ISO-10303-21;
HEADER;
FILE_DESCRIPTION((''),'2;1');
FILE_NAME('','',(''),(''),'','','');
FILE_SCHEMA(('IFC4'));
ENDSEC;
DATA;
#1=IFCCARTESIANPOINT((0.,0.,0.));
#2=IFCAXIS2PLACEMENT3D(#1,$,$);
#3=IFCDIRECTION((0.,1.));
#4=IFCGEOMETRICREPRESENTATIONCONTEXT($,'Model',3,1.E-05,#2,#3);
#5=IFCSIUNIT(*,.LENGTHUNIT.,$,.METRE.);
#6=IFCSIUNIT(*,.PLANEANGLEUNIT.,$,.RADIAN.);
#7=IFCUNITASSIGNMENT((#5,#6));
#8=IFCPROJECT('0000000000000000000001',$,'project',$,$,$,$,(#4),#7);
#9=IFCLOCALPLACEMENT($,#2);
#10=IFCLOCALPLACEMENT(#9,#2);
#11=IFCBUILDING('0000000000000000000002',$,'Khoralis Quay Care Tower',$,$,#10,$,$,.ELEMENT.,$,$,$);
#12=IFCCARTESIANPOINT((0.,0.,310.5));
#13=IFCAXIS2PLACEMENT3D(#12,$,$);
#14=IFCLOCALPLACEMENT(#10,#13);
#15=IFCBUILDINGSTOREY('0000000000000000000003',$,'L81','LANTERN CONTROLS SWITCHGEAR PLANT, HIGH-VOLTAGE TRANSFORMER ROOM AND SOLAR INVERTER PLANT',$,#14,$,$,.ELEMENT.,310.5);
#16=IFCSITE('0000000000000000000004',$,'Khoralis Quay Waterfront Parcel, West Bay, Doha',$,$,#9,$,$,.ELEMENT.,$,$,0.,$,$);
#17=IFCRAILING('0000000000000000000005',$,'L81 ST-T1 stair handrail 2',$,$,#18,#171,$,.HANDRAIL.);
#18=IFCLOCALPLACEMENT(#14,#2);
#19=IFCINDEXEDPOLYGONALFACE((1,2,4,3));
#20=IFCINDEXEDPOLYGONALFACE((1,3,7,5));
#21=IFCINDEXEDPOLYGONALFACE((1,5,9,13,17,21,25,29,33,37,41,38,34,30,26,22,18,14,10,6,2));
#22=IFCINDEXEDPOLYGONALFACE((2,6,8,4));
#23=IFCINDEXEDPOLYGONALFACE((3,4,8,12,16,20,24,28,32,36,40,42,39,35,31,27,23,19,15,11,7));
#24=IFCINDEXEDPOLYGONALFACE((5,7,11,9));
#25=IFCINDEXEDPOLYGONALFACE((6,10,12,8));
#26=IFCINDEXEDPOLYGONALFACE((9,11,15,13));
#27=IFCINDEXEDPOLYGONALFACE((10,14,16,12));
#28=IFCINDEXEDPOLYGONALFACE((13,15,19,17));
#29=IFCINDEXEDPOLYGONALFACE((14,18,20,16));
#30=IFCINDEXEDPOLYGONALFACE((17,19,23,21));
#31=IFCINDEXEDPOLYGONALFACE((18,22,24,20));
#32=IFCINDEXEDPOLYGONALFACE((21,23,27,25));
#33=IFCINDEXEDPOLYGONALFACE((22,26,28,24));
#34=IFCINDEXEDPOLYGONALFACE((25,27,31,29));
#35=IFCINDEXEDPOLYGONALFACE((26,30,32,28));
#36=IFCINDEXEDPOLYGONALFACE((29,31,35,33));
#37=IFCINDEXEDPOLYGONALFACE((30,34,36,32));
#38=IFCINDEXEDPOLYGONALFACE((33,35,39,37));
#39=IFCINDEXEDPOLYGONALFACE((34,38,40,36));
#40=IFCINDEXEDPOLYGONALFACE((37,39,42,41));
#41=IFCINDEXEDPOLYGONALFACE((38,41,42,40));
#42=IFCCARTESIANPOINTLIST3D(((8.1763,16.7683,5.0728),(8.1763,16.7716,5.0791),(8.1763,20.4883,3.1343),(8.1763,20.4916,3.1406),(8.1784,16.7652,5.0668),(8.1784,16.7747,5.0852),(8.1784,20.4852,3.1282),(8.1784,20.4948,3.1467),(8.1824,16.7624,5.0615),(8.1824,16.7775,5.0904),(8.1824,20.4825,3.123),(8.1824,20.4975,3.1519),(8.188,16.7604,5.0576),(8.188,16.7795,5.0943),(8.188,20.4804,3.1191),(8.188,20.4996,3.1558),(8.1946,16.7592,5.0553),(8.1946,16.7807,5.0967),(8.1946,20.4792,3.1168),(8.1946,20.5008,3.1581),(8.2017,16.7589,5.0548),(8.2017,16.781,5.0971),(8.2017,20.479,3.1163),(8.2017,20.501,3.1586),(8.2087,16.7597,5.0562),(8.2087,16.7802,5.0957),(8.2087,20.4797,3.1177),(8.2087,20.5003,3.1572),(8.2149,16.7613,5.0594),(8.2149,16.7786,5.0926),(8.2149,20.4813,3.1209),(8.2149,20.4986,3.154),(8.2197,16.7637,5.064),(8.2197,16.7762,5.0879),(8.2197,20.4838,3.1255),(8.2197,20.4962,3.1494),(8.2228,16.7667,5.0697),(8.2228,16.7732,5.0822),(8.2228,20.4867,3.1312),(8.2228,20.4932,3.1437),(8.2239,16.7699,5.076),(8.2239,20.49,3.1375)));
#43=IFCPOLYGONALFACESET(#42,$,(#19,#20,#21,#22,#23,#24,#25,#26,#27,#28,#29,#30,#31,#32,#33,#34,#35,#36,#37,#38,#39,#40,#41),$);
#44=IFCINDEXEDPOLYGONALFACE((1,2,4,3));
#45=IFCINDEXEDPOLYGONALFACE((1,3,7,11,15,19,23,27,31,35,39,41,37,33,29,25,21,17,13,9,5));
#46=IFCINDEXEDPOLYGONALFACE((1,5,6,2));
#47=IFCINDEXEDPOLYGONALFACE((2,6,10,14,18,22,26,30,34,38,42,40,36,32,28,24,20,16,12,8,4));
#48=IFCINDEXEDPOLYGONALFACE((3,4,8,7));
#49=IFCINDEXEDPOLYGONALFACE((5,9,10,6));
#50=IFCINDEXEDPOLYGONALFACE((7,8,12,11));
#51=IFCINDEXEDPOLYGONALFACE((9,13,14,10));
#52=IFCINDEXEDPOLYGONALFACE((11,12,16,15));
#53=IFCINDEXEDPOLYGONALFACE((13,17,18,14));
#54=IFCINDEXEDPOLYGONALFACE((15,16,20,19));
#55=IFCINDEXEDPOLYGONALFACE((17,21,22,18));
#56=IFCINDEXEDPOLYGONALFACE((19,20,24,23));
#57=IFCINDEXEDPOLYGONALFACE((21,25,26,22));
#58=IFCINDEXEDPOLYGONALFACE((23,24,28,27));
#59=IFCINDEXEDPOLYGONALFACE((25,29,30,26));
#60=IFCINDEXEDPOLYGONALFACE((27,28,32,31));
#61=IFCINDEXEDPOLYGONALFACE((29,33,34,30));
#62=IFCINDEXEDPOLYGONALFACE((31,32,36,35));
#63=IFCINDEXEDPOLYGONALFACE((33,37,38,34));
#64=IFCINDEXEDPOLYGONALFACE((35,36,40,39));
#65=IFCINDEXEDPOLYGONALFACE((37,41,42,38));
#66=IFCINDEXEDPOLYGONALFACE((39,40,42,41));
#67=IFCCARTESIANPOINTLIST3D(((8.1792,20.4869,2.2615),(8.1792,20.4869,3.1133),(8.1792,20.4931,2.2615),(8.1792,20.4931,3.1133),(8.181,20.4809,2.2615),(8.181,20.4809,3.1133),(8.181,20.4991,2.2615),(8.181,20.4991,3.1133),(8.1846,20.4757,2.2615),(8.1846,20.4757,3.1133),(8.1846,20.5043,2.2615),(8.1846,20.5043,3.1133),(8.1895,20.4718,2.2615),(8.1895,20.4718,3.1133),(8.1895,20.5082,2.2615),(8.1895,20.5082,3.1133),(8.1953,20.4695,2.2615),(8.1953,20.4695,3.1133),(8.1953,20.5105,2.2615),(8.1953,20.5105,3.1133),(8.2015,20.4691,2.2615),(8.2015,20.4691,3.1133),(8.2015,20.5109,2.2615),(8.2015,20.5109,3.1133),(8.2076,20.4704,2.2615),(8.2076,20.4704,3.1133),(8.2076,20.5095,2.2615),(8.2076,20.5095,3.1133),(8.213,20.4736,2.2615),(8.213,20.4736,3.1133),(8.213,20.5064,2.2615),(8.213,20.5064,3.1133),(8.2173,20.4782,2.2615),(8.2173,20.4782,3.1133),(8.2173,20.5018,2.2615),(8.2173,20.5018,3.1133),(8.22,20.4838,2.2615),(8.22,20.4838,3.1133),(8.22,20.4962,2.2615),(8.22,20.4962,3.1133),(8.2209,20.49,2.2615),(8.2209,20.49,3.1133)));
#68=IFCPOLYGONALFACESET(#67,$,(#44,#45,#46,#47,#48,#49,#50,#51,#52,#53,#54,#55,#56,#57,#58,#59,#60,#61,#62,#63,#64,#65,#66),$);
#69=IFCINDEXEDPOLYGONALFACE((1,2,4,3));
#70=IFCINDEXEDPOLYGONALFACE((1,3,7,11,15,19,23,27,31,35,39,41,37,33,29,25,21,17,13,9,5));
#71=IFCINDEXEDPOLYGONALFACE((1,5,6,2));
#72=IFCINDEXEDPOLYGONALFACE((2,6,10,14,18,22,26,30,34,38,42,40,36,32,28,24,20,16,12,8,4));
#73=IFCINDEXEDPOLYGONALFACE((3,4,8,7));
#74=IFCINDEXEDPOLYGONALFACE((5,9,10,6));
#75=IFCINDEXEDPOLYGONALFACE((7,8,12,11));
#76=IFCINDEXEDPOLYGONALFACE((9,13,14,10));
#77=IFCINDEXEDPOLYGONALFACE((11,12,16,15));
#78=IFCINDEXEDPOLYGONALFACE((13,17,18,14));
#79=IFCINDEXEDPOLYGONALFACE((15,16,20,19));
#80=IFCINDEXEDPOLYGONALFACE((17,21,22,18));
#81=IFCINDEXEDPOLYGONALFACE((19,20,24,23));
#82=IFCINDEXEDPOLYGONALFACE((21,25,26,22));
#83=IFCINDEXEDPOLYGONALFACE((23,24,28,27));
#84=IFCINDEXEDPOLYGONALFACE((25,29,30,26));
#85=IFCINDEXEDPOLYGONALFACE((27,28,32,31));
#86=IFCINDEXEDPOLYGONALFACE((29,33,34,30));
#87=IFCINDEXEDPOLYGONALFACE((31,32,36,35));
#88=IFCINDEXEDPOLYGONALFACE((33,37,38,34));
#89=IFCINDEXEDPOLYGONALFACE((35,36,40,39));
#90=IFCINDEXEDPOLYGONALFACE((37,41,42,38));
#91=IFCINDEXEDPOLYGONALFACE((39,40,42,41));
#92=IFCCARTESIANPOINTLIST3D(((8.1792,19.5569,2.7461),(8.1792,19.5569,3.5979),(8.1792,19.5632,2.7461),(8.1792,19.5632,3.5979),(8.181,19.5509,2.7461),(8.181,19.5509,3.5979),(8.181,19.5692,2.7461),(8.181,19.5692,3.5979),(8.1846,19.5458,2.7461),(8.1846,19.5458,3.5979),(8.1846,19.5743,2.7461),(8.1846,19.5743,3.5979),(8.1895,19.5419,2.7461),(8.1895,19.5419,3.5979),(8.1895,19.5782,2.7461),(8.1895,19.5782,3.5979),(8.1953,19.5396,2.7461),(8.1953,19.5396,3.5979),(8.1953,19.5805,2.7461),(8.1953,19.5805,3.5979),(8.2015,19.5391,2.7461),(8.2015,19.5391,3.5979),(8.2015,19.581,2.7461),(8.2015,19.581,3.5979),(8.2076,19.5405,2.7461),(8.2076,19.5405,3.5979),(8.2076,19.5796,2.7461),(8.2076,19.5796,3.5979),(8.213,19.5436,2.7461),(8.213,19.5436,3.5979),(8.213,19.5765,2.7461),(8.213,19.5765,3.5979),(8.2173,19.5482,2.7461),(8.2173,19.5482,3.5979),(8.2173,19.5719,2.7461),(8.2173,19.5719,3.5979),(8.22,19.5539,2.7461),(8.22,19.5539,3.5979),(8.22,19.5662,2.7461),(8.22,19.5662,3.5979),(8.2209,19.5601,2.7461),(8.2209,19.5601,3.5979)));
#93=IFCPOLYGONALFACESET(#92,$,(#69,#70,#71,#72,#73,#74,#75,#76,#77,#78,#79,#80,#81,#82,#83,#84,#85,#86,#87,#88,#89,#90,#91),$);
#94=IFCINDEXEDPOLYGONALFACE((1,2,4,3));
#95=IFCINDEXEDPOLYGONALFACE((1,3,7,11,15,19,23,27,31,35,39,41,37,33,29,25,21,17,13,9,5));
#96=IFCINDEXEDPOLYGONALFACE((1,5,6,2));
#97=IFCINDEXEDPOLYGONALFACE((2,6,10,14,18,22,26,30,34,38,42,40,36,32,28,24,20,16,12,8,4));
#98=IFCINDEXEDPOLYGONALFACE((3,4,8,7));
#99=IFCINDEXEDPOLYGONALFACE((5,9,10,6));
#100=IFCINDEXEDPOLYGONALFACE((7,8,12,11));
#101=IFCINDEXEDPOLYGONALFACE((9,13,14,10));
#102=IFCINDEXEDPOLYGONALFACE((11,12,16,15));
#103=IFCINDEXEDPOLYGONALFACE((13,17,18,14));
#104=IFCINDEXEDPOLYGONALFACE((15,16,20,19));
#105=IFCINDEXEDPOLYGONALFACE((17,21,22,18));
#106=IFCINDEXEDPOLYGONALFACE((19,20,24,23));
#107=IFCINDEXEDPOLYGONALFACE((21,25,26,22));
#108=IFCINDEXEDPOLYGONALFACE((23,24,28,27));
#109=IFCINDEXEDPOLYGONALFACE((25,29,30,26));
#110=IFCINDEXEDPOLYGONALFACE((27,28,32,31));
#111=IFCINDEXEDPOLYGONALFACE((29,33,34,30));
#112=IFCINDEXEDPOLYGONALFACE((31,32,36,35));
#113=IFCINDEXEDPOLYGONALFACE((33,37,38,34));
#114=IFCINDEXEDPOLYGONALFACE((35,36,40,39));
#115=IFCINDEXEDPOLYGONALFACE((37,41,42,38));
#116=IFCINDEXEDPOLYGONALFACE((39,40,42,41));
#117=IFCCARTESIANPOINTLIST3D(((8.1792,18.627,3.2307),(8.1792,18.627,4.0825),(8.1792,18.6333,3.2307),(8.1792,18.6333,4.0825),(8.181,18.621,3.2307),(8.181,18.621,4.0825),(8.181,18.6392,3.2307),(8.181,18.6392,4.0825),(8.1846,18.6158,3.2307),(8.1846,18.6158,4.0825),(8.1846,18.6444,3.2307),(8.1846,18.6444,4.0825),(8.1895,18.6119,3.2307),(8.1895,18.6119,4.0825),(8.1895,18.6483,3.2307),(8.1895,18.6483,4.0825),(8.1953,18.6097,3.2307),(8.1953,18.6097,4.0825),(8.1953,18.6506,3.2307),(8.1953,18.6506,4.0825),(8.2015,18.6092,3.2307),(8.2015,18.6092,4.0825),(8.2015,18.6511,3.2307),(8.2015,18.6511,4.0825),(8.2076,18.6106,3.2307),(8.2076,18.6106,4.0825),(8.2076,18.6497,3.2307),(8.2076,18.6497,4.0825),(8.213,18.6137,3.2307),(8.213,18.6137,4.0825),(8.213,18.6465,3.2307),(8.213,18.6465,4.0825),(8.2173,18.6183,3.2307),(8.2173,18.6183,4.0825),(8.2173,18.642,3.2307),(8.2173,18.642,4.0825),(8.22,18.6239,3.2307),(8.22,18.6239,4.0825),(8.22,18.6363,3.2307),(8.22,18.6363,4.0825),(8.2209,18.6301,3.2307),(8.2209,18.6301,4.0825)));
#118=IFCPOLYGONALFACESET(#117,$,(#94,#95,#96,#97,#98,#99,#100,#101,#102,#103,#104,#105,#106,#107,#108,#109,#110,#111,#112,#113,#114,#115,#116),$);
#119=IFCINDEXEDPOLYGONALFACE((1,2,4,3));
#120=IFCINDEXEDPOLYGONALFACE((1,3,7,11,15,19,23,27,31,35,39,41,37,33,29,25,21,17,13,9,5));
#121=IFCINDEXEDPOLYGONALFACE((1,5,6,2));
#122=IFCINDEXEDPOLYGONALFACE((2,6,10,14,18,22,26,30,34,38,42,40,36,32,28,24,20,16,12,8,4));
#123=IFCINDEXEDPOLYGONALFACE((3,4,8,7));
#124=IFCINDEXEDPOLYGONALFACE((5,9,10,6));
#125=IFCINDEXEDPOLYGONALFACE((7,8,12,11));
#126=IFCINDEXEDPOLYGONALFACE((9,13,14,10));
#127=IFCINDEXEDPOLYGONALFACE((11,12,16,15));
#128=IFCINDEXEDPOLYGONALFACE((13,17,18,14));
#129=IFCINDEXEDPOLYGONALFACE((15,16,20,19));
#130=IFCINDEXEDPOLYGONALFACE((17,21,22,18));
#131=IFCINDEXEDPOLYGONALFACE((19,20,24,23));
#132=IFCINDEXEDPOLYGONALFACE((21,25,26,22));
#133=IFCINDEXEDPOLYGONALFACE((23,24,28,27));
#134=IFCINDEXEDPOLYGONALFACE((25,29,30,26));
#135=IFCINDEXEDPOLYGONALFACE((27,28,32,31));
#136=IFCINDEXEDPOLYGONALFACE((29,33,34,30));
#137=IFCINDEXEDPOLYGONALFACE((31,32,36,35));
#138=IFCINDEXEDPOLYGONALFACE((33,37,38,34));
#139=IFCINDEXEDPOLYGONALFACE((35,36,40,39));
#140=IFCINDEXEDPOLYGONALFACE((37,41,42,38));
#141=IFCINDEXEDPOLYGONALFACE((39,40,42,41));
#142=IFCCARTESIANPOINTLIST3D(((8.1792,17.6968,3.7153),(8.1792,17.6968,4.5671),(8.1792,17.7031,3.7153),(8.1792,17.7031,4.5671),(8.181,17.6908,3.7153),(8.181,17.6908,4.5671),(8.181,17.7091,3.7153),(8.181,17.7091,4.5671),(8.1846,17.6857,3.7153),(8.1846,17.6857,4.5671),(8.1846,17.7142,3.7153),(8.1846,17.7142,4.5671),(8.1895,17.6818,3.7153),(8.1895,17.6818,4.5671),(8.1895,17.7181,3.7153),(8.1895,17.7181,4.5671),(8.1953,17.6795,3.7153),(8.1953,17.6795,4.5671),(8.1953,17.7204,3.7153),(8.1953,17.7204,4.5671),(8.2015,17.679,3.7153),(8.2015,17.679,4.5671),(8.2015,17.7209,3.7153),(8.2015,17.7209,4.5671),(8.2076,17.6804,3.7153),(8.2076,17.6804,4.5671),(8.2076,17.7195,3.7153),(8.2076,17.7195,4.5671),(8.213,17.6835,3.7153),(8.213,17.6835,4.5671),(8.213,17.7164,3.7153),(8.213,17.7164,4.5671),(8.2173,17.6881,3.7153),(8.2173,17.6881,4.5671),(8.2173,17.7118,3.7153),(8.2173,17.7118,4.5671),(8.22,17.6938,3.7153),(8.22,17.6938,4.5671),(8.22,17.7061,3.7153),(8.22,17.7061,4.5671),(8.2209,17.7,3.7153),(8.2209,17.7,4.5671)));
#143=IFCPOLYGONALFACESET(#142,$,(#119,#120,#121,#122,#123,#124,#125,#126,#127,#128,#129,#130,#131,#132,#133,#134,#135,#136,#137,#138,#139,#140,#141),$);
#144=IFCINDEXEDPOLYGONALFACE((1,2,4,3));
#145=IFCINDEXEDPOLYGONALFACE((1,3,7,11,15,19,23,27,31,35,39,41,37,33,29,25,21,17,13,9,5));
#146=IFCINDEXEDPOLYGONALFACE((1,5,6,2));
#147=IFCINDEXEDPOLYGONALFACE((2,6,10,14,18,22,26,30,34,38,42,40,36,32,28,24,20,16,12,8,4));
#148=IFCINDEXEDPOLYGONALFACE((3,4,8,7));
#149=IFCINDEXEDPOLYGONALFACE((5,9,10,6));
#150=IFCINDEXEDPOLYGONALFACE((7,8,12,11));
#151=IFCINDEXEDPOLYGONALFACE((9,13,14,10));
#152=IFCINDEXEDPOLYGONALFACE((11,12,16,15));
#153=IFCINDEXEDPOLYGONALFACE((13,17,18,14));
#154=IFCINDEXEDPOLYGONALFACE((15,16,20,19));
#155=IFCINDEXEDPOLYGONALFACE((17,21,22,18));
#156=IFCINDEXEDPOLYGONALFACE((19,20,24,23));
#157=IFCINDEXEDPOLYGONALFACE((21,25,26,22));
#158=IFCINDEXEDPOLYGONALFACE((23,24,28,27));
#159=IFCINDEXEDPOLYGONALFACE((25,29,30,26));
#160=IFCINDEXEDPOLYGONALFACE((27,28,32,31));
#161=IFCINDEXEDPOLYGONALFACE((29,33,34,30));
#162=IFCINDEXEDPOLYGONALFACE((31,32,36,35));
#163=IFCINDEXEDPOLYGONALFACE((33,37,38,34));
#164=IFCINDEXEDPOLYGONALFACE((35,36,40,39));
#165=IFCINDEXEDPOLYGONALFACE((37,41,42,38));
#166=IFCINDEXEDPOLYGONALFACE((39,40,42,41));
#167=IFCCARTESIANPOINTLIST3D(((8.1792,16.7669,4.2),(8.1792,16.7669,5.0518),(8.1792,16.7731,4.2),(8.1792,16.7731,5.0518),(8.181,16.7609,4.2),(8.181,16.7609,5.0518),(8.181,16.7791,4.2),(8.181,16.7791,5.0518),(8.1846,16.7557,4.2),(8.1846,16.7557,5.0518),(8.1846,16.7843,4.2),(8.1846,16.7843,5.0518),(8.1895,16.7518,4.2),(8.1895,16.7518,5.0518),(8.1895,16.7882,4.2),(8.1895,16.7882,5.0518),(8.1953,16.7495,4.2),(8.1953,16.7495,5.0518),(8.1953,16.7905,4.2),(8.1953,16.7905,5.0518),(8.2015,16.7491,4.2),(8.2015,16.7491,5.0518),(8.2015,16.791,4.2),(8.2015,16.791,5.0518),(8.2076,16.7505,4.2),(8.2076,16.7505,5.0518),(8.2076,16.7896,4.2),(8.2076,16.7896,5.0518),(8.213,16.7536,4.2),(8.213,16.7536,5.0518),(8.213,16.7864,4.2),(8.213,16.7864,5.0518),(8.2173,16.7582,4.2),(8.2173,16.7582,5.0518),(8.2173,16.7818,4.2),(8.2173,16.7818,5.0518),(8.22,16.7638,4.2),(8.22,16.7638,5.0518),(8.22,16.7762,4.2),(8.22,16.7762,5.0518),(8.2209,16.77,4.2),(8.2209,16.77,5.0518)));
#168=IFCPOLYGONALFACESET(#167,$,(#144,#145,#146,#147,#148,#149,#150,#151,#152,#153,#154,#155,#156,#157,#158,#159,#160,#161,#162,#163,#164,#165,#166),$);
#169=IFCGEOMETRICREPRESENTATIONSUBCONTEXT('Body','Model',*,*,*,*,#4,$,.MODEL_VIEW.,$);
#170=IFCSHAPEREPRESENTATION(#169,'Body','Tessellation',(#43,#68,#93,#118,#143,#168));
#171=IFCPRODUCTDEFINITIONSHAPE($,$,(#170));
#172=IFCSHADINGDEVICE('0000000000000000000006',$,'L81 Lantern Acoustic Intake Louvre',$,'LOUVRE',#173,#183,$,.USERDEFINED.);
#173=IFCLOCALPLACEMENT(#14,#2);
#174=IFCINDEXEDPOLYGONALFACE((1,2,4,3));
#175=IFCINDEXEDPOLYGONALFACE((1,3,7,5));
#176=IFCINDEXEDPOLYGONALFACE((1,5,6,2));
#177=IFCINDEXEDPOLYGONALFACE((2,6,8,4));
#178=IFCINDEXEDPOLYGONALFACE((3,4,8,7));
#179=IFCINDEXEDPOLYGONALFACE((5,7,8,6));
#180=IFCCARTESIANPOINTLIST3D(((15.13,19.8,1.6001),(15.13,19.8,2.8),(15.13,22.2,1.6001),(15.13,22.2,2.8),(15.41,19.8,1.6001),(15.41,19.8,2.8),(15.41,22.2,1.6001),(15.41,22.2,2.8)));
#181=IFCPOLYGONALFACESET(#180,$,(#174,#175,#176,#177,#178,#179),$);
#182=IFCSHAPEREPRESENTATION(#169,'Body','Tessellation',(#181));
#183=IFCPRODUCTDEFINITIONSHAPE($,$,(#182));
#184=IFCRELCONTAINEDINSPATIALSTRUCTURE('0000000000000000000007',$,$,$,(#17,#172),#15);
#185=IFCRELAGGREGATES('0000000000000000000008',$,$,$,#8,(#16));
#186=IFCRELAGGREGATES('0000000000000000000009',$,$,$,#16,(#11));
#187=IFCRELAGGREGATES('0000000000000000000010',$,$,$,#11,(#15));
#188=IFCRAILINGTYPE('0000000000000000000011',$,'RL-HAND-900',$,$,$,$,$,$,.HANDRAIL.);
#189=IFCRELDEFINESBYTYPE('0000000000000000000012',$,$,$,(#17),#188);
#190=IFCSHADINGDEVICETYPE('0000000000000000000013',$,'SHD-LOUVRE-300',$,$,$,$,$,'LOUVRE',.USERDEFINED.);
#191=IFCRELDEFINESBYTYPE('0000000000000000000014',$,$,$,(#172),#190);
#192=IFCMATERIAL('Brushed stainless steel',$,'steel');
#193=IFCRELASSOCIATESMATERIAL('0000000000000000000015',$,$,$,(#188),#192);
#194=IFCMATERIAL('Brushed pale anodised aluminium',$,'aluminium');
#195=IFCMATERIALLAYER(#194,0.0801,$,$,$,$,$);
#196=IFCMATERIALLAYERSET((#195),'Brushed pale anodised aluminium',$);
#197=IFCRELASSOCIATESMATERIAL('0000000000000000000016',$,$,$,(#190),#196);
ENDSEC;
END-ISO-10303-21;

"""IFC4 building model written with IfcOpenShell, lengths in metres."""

from ifc_helpers import new_model, si_unit, direction, frame, origin, origin_2d, place, context, subcontext, project, spatial, rectangle, circle, extrude, source, transform, mapped, material, layer, layer_set, type_object, element, save


model = new_model("IFC4")

# Units and contexts
model_context = context("Model", 3, precision=1e-05, world=origin(), true_north=direction((0.0, 1.0)))
body_context = subcontext(model_context, "Body", "Model", "MODEL_VIEW")
ifc_project = project(units=[si_unit("LENGTHUNIT", "METRE"), si_unit("PLANEANGLEUNIT", "RADIAN")], contexts=[model_context])

# Site, building, storey
site_placement = place(None, origin())
site = spatial("IfcSite", under=ifc_project, at=site_placement, Name="Khoralis Quay Waterfront Parcel, West Bay, Doha", CompositionType="ELEMENT", RefElevation=0.0)
building_placement = place(site_placement, origin())
building = spatial("IfcBuilding", under=site, at=building_placement, Name="Khoralis Quay Care Tower", CompositionType="ELEMENT")
storey_placement = place(building_placement, frame((0.0, 0.0, 310.5)))
storey = spatial("IfcBuildingStorey", under=building, at=storey_placement, Name="L81", Description="LANTERN CONTROLS SWITCHGEAR PLANT, HIGH-VOLTAGE TRANSFORMER ROOM AND SOLAR INVERTER PLANT", CompositionType="ELEMENT", Elevation=310.5)

# Railing
ifc_material_1 = material(Name="Brushed stainless steel", Category="steel")
railing_type_1 = type_object("IfcRailingType", Name="RL-HAND-900", PredefinedType="HANDRAIL", material=ifc_material_1)
railing_1_placement = place(storey_placement, frame((8.2, 20.49, 2.2615)))
element("IfcRailing", 1, at=railing_1_placement, inside=storey, type_object=railing_type_1, Name="L81 ST-T1 stair handrail 2", PredefinedType="HANDRAIL", context=body_context, shape_type="SweptSolid", body=[
    extrude(circle(Radius=0.0239, at=origin_2d()), frame((0.0, 0.0, 0.876), z_axis=(0.0, -0.886817, 0.46212), x_axis=(1.0, 0.0, 0.0)), (0.0, 0.0, 1.0), 4.1948),
    extrude(circle(Radius=0.021, at=origin_2d()), origin(), (0.0, 0.0, 1.0), 0.8518),
    extrude(circle(Radius=0.021, at=origin_2d()), frame((0.0, -0.9299, 0.4846)), (0.0, 0.0, 1.0), 0.8518),
    extrude(circle(Radius=0.021, at=origin_2d()), frame((0.0, -1.8599, 0.9692)), (0.0, 0.0, 1.0), 0.8518),
    extrude(circle(Radius=0.021, at=origin_2d()), frame((0.0, -2.79, 1.4539)), (0.0, 0.0, 1.0), 0.8518),
    extrude(circle(Radius=0.021, at=origin_2d()), frame((0.0, -3.72, 1.9385)), (0.0, 0.0, 1.0), 0.8518),
])

# Shading device
ifc_material_2 = material(Name="Brushed pale anodised aluminium", Category="aluminium")
ifc_layer_1 = layer(ifc_material_2, 0.0801)
ifc_layer_set_1 = layer_set([ifc_layer_1], Name="Brushed pale anodised aluminium")
shading_device_type = type_object("IfcShadingDeviceType", Name="SHD-LOUVRE-300", ElementType="LOUVRE", PredefinedType="USERDEFINED", material=ifc_layer_set_1)
shared_shape_1 = source(origin(), body_context, "Body", "SweptSolid", [
    extrude(rectangle(XDim=0.28, YDim=2.3999, at=origin_2d()), origin(), (0.0, 0.0, 1.0), 1.2),
])
shading_device_placement = place(storey_placement, frame((15.27, 21.0, 1.6001), z_axis=(0.0, 0.0, 1.0), x_axis=(1.0, 0.0, 0.0)))
element("IfcShadingDevice", 2, at=shading_device_placement, inside=storey, type_object=shading_device_type, Name="L81 Lantern Acoustic Intake Louvre", ObjectType="LOUVRE", PredefinedType="USERDEFINED", context=body_context, shape_type="MappedRepresentation", body=[
    mapped(shared_shape_1, transform((0.0, 0.0, 0.0), scale=1.0)),
])

save(model, "model.ifc")
